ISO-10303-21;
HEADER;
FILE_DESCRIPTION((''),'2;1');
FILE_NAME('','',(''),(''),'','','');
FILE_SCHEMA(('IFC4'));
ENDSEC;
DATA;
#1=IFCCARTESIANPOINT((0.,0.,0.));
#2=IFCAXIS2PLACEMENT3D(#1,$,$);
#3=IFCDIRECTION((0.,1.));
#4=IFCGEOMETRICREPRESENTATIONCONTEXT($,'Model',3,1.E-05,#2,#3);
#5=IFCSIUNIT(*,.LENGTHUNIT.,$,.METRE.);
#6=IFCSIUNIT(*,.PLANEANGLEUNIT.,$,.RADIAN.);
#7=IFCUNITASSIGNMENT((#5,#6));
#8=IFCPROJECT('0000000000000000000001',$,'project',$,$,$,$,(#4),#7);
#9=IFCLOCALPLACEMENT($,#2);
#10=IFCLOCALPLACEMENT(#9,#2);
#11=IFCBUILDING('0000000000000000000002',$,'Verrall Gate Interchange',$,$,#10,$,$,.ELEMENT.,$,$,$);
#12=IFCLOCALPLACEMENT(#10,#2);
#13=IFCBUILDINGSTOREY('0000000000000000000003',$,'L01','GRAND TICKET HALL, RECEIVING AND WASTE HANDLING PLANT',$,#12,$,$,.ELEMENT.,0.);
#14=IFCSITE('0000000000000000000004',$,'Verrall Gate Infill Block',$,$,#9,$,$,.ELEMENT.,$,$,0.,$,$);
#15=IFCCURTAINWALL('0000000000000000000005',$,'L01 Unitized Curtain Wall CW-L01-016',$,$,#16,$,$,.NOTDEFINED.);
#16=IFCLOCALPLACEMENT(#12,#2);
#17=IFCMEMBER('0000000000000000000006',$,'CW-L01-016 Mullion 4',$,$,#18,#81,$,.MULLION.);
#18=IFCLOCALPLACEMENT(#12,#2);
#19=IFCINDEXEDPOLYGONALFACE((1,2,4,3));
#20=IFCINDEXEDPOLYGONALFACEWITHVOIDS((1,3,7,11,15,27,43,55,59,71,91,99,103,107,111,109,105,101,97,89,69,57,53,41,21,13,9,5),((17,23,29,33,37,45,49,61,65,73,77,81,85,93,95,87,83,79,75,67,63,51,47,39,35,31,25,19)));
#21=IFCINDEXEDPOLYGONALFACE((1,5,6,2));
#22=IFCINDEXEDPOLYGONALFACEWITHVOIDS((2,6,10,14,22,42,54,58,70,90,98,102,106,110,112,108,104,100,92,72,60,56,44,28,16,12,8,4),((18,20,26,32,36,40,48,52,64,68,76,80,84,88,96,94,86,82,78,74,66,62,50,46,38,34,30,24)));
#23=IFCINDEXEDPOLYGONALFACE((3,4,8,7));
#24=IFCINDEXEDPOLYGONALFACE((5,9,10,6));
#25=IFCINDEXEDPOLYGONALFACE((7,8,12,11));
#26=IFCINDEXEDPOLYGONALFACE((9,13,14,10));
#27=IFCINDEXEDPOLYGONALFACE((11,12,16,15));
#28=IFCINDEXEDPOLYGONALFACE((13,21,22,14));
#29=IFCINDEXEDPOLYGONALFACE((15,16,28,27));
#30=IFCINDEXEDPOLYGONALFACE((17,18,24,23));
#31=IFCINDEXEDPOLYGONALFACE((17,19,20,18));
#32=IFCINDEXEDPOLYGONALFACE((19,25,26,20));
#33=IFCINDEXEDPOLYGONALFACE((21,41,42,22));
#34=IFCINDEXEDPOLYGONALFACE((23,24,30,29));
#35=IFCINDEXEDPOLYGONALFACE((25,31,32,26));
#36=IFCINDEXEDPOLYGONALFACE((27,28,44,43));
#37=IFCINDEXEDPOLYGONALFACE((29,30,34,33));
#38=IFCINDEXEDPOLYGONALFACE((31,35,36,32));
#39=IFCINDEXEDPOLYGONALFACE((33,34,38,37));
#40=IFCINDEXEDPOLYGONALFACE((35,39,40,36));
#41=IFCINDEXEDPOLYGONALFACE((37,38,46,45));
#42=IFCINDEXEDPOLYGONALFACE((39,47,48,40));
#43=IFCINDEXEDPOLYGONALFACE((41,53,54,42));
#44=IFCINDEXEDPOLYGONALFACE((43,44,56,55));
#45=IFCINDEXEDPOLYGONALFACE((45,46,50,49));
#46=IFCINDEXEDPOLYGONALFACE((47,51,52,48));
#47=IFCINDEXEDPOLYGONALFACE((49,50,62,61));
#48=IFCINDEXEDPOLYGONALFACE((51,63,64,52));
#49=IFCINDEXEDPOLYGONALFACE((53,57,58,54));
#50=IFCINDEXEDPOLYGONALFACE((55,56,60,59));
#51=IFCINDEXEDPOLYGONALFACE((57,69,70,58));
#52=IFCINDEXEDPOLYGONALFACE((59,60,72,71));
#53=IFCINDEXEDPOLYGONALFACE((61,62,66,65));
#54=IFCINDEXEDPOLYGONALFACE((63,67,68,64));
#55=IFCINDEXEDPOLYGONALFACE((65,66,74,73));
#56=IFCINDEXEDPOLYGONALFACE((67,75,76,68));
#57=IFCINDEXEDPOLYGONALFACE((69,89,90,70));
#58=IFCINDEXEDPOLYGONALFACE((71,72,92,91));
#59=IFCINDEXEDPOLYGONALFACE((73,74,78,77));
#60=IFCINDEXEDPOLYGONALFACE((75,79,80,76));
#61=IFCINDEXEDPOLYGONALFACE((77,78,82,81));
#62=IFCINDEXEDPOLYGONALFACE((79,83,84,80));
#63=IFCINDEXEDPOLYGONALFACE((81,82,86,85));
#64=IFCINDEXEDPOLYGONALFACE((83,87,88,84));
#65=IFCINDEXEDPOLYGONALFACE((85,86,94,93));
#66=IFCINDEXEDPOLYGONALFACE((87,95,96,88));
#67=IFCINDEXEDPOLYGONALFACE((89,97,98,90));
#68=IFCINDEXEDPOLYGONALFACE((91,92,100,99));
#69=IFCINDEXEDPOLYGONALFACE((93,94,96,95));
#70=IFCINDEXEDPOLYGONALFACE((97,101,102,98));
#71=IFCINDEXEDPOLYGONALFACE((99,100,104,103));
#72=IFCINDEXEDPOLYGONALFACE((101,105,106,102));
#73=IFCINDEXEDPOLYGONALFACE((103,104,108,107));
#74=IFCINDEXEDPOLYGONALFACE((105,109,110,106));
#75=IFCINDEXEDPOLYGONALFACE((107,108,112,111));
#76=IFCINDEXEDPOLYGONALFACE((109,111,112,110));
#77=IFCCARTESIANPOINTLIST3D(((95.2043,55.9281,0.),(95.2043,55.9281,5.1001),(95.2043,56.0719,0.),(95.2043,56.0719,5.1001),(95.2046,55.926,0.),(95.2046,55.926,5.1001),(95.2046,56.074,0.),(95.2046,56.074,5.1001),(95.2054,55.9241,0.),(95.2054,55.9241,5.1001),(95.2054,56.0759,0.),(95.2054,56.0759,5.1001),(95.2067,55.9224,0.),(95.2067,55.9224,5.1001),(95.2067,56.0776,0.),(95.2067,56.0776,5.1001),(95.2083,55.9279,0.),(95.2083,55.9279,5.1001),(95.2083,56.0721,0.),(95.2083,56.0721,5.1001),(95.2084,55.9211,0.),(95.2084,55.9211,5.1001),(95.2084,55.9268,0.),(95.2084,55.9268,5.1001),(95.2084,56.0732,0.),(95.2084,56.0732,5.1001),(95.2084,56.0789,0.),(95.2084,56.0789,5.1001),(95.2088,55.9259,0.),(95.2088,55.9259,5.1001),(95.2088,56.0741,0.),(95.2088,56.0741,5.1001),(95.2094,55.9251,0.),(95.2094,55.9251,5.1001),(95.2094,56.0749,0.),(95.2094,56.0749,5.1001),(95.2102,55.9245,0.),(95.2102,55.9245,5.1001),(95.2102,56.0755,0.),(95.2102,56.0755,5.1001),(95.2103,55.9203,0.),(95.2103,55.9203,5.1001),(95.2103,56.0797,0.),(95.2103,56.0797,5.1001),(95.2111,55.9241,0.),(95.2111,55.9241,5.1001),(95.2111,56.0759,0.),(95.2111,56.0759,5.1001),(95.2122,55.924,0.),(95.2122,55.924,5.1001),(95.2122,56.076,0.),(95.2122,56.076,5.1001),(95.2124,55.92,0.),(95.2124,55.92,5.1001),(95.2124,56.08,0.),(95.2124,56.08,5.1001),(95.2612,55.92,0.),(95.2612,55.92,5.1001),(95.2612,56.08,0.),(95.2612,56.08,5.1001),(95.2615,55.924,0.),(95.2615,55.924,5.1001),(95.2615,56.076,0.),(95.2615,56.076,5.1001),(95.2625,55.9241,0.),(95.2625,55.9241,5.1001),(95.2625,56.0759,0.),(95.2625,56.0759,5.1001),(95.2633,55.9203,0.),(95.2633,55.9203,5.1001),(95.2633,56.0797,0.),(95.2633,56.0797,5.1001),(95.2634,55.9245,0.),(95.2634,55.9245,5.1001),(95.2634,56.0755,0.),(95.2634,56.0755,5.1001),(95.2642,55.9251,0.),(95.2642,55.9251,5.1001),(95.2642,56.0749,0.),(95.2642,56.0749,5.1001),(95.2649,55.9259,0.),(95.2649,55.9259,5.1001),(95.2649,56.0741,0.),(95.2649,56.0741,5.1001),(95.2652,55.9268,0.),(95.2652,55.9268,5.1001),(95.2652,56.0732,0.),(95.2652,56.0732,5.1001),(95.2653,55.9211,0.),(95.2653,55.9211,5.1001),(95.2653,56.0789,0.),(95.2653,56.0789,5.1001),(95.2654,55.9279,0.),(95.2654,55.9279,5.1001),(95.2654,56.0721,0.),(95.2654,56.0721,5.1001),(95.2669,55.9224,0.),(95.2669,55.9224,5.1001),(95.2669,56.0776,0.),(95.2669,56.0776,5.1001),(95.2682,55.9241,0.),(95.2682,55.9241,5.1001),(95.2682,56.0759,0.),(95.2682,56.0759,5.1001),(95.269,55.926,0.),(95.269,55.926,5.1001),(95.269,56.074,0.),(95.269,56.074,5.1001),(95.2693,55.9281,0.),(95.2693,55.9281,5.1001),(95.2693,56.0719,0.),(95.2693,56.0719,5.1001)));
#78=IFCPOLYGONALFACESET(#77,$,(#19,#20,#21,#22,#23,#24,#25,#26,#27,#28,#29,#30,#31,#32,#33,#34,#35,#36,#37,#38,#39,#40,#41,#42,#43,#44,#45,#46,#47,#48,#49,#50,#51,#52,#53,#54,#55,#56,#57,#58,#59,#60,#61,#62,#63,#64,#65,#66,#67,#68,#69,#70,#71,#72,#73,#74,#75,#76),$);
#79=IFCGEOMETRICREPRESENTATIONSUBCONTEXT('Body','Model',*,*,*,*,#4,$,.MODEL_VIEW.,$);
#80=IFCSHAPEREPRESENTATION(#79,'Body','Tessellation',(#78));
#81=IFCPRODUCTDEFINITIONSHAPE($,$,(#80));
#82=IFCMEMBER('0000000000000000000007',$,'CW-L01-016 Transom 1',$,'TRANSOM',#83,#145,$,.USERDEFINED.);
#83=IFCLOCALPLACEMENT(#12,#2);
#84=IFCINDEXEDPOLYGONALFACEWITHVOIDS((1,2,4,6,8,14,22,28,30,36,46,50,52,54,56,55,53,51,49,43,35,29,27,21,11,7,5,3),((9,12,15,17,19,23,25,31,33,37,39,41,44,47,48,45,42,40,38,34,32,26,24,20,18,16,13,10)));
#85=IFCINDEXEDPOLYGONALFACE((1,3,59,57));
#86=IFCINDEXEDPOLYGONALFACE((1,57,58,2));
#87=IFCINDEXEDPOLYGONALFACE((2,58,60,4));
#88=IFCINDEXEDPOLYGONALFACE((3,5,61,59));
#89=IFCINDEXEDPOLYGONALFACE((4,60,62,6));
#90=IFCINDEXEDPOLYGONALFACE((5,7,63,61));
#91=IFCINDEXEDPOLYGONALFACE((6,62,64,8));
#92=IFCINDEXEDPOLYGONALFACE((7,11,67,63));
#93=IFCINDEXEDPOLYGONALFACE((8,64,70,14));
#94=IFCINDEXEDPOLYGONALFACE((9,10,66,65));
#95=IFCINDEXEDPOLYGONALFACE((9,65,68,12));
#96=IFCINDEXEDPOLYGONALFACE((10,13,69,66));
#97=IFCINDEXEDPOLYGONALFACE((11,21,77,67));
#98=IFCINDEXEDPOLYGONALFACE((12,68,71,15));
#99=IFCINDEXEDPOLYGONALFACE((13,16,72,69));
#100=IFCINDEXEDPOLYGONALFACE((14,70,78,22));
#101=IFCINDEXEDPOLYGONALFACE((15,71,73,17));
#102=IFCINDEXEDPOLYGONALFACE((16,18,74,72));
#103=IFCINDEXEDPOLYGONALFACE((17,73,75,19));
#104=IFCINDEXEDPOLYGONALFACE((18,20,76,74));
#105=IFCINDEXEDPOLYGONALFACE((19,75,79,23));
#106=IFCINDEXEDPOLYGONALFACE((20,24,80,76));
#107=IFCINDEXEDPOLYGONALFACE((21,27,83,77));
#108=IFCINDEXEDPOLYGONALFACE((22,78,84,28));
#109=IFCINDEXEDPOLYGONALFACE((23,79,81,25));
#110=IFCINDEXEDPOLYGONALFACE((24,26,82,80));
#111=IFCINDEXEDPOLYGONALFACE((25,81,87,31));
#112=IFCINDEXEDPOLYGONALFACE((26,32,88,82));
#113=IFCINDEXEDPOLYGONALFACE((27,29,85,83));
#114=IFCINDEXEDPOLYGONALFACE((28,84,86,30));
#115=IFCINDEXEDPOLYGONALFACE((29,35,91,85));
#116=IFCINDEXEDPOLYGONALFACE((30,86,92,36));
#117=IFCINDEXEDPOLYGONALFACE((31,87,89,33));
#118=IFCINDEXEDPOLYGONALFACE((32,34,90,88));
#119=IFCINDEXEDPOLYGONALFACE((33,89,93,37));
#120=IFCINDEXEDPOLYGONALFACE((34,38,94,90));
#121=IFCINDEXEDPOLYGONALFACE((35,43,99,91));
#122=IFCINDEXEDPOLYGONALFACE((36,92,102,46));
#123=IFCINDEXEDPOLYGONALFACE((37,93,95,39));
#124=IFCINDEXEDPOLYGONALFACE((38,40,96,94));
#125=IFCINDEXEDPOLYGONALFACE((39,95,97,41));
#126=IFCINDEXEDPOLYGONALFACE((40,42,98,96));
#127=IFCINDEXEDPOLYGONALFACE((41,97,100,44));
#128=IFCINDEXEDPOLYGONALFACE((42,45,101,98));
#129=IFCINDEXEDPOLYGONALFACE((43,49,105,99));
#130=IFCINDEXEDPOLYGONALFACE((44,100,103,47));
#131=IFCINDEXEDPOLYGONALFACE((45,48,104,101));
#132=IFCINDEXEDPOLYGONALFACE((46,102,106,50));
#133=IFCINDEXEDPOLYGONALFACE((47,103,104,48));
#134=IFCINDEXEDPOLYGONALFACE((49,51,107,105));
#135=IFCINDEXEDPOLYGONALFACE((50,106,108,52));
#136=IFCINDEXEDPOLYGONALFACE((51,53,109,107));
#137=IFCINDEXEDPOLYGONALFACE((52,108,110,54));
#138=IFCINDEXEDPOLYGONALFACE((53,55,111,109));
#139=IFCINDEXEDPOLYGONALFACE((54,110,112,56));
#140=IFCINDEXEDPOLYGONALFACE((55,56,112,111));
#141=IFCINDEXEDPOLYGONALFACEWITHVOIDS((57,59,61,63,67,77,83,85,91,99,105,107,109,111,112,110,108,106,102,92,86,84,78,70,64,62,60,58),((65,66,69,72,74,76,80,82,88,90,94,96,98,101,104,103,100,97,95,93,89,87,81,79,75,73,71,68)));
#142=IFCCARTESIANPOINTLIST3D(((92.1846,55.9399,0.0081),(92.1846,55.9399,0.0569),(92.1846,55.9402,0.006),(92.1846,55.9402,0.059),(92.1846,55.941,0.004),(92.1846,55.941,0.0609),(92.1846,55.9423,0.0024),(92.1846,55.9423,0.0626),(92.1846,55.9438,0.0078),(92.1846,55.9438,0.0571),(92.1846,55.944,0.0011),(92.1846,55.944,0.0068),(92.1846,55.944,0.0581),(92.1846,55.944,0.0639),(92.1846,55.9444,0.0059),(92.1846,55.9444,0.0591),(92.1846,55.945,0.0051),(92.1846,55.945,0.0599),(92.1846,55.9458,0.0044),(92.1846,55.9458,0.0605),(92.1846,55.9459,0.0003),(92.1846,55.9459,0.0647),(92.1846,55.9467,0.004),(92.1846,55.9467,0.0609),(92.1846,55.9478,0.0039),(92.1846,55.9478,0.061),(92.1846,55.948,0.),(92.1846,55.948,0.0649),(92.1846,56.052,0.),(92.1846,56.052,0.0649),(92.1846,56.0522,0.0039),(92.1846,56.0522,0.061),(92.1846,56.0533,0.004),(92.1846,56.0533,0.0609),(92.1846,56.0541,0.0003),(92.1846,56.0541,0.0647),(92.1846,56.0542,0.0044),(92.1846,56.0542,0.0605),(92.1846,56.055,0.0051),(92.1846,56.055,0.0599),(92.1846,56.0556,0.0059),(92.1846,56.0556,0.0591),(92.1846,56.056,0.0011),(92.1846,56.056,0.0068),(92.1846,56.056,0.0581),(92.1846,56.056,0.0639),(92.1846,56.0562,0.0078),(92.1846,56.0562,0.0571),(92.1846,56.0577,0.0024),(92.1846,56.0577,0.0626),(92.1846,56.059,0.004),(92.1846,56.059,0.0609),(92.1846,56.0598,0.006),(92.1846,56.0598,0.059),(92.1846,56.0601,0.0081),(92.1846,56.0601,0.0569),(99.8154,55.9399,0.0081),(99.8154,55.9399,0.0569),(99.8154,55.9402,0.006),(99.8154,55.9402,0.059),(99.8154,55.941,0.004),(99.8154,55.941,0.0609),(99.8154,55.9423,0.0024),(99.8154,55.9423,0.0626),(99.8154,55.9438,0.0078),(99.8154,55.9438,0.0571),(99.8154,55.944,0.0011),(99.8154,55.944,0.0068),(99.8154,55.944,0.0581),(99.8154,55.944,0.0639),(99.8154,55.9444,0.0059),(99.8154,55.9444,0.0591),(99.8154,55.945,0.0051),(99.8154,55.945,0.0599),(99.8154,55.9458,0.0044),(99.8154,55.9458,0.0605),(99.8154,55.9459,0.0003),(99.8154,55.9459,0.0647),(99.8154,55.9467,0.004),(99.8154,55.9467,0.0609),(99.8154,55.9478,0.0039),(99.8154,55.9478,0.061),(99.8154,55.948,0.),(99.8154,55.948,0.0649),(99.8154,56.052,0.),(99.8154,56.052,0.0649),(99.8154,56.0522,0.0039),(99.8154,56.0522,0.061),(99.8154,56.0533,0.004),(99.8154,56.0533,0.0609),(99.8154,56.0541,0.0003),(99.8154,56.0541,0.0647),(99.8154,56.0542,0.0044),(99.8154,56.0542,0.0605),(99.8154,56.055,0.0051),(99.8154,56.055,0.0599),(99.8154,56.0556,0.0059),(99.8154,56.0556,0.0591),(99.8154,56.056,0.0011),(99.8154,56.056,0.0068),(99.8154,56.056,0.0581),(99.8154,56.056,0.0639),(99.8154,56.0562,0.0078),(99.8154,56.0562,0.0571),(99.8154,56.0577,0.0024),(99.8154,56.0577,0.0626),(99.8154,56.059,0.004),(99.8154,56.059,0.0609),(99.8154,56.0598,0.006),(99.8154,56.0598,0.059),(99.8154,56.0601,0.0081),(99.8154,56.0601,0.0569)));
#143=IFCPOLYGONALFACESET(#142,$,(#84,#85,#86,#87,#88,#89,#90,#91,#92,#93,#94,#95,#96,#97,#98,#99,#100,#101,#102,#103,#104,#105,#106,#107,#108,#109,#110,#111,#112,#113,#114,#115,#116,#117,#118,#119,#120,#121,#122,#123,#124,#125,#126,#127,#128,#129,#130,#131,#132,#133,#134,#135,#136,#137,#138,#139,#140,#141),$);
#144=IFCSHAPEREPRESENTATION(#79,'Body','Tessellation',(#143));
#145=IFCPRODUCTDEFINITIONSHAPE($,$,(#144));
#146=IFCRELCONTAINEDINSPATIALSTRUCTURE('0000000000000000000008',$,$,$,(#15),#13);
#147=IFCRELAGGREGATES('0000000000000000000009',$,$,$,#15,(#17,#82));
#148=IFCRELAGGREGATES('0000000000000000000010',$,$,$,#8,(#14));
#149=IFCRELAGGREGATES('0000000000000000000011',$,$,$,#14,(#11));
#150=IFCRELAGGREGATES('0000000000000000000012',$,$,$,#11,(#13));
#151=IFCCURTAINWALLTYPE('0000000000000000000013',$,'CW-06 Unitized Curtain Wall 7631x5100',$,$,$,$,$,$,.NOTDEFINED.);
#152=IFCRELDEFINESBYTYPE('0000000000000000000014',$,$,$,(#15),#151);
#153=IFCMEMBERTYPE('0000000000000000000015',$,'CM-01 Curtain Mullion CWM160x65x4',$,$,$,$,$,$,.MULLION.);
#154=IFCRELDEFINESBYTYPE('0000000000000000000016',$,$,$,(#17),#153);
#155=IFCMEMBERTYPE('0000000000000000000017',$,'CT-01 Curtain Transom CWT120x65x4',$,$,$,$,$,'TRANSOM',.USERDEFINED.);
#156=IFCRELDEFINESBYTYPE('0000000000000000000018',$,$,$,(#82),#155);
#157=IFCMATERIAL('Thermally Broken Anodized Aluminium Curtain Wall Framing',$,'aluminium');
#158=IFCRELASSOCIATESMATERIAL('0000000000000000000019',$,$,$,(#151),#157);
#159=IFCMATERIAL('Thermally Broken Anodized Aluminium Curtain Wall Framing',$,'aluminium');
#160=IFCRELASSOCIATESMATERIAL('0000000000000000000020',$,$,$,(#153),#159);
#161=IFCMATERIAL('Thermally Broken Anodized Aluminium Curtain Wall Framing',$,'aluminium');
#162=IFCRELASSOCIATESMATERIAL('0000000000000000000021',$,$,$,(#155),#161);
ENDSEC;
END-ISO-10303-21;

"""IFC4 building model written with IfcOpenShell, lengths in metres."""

from ifc_helpers import new_model, si_unit, direction, frame, origin, origin_2d, place, context, subcontext, project, spatial, hollow_rectangle, extrude, material, material_profile, profile_set, type_object, element, aggregate, save


model = new_model("IFC4")

# Units and contexts
model_context = context("Model", 3, precision=1e-05, world=origin(), true_north=direction((0.0, 1.0)))
body_context = subcontext(model_context, "Body", "Model", "MODEL_VIEW")
ifc_project = project(units=[si_unit("LENGTHUNIT", "METRE"), si_unit("PLANEANGLEUNIT", "RADIAN")], contexts=[model_context])

# Site, building, storey
site_placement = place(None, origin())
site = spatial("IfcSite", under=ifc_project, at=site_placement, Name="Verrall Gate Infill Block", CompositionType="ELEMENT", RefElevation=0.0)
building_placement = place(site_placement, origin())
building = spatial("IfcBuilding", under=site, at=building_placement, Name="Verrall Gate Interchange", CompositionType="ELEMENT")
storey_placement = place(building_placement, origin())
storey = spatial("IfcBuildingStorey", under=building, at=storey_placement, Name="L01", Description="GRAND TICKET HALL, RECEIVING AND WASTE HANDLING PLANT", CompositionType="ELEMENT", Elevation=0.0)

# Curtain wall, members
ifc_material_1 = material(Name="Thermally Broken Anodized Aluminium Curtain Wall Framing", Category="aluminium")
curtain_wall_type = type_object("IfcCurtainWallType", Name="CW-06 Unitized Curtain Wall 7631x5100", PredefinedType="NOTDEFINED", material=ifc_material_1)
curtain_wall_placement = place(storey_placement, origin())
curtain_wall = element("IfcCurtainWall", 1, at=curtain_wall_placement, inside=storey, type_object=curtain_wall_type, Name="L01 Unitized Curtain Wall CW-L01-016", PredefinedType="NOTDEFINED")
ifc_material_2 = material(Name="Thermally Broken Anodized Aluminium Curtain Wall Framing", Category="aluminium")
ifc_material_profile_1 = material_profile(ifc_material_2, hollow_rectangle(XDim=0.0649, YDim=0.1599, WallThickness=0.0039, InnerFilletRadius=0.0039, OuterFilletRadius=0.0081, at=origin_2d()), Name="CWM160x65x4")
ifc_profile_set_1 = profile_set([ifc_material_profile_1], Name="Thermally Broken Anodized Aluminium Curtain Wall Framing")
member_type_1 = type_object("IfcMemberType", Name="CM-01 Curtain Mullion CWM160x65x4", PredefinedType="MULLION", material=ifc_profile_set_1)
member_1_placement = place(storey_placement, frame((95.2368, 56.0, 0.0), z_axis=(0.0, 0.0, 1.0), x_axis=(-1.0, 0.0, 0.0)))
member_1 = element("IfcMember", 2, at=member_1_placement, type_object=member_type_1, Name="CW-L01-016 Mullion 4", PredefinedType="MULLION", context=body_context, shape_type="SweptSolid", body=[
    extrude(hollow_rectangle(XDim=0.0649, YDim=0.1599, WallThickness=0.0039, InnerFilletRadius=0.0039, OuterFilletRadius=0.0081, at=origin_2d()), origin(), (0.0, 0.0, 1.0), 5.1001),
])
ifc_material_3 = material(Name="Thermally Broken Anodized Aluminium Curtain Wall Framing", Category="aluminium")
ifc_material_profile_2 = material_profile(ifc_material_3, hollow_rectangle(XDim=0.1201, YDim=0.0649, WallThickness=0.0039, InnerFilletRadius=0.0039, OuterFilletRadius=0.0081, at=origin_2d()), Name="CWT120x65x4")
ifc_profile_set_2 = profile_set([ifc_material_profile_2], Name="Thermally Broken Anodized Aluminium Curtain Wall Framing")
member_type_2 = type_object("IfcMemberType", Name="CT-01 Curtain Transom CWT120x65x4", ElementType="TRANSOM", PredefinedType="USERDEFINED", material=ifc_profile_set_2)
member_2_placement = place(storey_placement, frame((99.8154, 56.0, 0.0325), z_axis=(-1.0, 0.0, 0.0), x_axis=(0.0, -1.0, 0.0)))
member_2 = element("IfcMember", 3, at=member_2_placement, type_object=member_type_2, Name="CW-L01-016 Transom 1", ObjectType="TRANSOM", PredefinedType="USERDEFINED", context=body_context, shape_type="SweptSolid", body=[
    extrude(hollow_rectangle(XDim=0.1201, YDim=0.0649, WallThickness=0.0039, InnerFilletRadius=0.0039, OuterFilletRadius=0.0081, at=origin_2d()), origin(), (0.0, 0.0, 1.0), 7.6309),
])

aggregate(curtain_wall, [member_1, member_2])

save(model, "model.ifc")
